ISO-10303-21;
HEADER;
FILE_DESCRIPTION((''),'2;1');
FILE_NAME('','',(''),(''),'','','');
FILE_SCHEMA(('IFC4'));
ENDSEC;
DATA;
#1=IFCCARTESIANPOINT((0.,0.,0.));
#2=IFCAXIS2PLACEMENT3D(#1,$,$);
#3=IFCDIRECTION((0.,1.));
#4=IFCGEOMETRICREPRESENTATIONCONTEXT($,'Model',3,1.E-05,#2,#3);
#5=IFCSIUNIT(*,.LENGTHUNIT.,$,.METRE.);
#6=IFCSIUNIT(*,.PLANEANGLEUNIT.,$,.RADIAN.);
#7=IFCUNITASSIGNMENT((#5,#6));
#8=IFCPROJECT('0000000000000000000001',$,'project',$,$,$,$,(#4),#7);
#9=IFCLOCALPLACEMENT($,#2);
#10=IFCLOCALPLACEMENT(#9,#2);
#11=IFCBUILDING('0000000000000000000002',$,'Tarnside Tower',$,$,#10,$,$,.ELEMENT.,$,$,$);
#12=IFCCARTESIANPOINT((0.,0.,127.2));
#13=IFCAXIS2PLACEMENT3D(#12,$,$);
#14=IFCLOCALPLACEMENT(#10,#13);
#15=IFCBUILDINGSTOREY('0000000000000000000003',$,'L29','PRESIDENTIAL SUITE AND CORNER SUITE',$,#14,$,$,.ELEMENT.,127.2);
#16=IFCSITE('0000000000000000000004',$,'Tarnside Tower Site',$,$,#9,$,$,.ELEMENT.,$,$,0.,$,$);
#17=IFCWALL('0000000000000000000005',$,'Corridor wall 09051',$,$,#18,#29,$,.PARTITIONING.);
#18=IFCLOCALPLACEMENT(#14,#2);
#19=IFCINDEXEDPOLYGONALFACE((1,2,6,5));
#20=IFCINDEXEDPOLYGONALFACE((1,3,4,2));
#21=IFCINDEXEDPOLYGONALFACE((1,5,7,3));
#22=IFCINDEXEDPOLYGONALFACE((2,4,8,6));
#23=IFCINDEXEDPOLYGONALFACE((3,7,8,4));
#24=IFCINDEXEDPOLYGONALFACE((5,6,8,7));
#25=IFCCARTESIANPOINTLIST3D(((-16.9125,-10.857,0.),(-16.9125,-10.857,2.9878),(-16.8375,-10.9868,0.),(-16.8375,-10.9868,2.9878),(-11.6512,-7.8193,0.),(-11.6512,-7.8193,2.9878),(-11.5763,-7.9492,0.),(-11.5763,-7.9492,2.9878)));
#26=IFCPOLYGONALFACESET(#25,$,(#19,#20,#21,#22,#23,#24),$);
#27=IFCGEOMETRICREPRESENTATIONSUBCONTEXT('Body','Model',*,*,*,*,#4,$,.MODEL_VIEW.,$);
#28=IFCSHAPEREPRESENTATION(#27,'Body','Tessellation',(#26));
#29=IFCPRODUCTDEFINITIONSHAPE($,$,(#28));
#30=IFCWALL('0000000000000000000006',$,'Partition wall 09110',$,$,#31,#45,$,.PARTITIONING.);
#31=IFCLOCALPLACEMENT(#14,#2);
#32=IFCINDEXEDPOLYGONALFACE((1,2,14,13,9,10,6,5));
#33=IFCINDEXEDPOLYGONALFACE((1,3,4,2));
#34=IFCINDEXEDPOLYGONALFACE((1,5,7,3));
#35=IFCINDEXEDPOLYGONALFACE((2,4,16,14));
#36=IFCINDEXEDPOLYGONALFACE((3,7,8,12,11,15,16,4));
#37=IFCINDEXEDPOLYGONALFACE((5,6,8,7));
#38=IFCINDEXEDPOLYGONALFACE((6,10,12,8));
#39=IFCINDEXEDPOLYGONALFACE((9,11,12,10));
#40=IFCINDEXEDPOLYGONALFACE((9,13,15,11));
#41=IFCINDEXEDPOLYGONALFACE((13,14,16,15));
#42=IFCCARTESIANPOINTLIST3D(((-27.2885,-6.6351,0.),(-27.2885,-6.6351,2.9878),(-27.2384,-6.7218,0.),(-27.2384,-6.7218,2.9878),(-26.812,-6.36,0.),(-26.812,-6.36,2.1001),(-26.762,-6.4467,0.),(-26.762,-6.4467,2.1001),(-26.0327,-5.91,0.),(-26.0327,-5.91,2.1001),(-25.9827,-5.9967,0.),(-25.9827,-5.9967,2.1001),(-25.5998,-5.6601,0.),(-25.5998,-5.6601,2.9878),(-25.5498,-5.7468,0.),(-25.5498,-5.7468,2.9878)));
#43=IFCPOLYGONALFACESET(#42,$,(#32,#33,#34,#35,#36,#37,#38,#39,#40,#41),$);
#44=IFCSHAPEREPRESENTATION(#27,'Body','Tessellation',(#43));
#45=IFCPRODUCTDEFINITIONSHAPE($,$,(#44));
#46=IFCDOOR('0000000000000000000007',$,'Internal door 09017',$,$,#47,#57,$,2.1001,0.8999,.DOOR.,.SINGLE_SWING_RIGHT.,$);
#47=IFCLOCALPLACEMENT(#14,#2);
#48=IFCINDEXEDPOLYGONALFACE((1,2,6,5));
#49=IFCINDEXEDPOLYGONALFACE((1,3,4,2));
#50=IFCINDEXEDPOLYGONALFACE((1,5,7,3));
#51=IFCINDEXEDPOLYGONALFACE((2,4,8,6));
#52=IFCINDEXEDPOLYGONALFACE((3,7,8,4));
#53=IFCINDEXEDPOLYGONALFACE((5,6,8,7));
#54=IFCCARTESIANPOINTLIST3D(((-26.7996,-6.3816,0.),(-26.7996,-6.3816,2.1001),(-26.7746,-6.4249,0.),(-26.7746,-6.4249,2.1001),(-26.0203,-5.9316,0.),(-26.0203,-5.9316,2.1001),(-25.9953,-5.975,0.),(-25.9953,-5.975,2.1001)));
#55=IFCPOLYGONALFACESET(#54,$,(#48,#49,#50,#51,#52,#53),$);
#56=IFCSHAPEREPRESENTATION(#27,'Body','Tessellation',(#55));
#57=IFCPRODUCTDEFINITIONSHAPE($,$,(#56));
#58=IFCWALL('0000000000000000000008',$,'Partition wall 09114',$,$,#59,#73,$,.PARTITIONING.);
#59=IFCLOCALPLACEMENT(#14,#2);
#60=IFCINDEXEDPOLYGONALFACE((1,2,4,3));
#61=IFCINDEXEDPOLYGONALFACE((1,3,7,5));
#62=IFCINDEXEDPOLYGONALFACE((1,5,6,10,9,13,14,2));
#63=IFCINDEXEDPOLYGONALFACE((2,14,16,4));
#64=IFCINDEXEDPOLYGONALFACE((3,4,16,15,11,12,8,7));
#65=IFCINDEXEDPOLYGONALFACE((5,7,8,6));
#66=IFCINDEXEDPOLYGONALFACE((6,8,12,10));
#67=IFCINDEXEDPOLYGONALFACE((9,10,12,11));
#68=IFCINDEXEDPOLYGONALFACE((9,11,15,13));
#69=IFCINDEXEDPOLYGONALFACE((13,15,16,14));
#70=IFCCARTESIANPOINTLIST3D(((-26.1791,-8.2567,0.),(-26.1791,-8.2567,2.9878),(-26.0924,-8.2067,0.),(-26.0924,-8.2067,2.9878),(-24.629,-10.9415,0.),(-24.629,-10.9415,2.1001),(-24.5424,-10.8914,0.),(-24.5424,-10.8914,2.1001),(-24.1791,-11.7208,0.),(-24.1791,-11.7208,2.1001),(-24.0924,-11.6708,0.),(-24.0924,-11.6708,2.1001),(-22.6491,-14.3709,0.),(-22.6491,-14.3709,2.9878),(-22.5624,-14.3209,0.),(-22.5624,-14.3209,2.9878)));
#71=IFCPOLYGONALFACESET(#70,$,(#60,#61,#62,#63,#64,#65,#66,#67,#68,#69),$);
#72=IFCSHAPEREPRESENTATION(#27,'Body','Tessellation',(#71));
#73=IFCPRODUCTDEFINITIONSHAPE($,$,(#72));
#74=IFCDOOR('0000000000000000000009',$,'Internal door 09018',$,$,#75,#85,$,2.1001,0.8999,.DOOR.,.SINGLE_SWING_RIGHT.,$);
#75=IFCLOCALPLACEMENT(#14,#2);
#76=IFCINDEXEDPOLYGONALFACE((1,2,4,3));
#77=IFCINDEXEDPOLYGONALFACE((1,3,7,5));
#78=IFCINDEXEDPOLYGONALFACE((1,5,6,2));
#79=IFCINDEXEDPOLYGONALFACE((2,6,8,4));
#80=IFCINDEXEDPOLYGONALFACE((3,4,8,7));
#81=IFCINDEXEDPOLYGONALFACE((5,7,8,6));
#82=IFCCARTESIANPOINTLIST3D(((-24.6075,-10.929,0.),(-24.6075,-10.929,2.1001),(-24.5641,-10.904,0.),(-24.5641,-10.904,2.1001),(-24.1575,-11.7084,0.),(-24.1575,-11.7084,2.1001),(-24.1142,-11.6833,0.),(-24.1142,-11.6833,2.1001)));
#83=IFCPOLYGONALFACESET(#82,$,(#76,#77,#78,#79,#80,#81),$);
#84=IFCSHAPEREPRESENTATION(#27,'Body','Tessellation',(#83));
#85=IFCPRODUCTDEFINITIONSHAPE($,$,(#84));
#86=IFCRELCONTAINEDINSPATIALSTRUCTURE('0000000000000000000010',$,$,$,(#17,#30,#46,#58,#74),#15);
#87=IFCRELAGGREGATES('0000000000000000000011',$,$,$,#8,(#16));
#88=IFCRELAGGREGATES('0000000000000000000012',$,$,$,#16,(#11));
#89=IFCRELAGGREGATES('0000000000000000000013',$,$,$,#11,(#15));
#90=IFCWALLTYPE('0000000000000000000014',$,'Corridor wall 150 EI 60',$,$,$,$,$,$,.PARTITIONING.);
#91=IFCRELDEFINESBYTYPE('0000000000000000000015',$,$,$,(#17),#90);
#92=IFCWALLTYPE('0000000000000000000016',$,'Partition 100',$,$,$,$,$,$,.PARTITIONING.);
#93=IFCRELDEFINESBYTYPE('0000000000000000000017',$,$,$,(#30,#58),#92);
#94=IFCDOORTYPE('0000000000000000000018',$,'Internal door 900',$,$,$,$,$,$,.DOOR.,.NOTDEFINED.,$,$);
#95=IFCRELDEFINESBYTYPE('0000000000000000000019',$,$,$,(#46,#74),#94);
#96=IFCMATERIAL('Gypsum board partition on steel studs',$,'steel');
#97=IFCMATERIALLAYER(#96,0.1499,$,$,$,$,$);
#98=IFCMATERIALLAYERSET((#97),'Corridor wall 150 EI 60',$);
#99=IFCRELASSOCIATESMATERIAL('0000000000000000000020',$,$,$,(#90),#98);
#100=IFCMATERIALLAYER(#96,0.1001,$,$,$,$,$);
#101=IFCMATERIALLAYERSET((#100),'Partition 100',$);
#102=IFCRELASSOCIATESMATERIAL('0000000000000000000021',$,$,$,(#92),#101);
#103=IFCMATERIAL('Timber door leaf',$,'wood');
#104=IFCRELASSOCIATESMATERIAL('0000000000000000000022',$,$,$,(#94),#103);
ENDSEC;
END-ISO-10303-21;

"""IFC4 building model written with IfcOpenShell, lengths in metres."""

from ifc_helpers import new_model, si_unit, direction, frame, frame_2d, origin, place, context, subcontext, project, spatial, rectangle, extrude, material, layer, layer_set, type_object, element, fill, save


model = new_model("IFC4")

# Units and contexts
model_context = context("Model", 3, precision=1e-05, world=origin(), true_north=direction((0.0, 1.0)))
body_context = subcontext(model_context, "Body", "Model", "MODEL_VIEW")
ifc_project = project(units=[si_unit("LENGTHUNIT", "METRE"), si_unit("PLANEANGLEUNIT", "RADIAN")], contexts=[model_context])

# Site, building, storey
site_placement = place(None, origin())
site = spatial("IfcSite", under=ifc_project, at=site_placement, Name="Tarnside Tower Site", CompositionType="ELEMENT", RefElevation=0.0)
building_placement = place(site_placement, origin())
building = spatial("IfcBuilding", under=site, at=building_placement, Name="Tarnside Tower", CompositionType="ELEMENT")
storey_placement = place(building_placement, frame((0.0, 0.0, 127.2)))
storey = spatial("IfcBuildingStorey", under=building, at=storey_placement, Name="L29", Description="PRESIDENTIAL SUITE AND CORNER SUITE", CompositionType="ELEMENT", Elevation=127.2)

# Shared definitions
ifc_material_1 = material(Name="Gypsum board partition on steel studs", Category="steel")

# Shared definitions
ifc_material_2 = material(Name="Timber door leaf", Category="wood")

# Shared definitions
ifc_layer_1 = layer(ifc_material_1, 0.1499)
ifc_layer_set_1 = layer_set([ifc_layer_1], Name="Corridor wall 150 EI 60")
wall_type_1 = type_object("IfcWallType", Name="Corridor wall 150 EI 60", PredefinedType="PARTITIONING", material=ifc_layer_set_1)

# Wall
wall_1_placement = place(storey_placement, frame((-16.875, -10.9219, 0.0), z_axis=(0.0, 0.0, 1.0), x_axis=(0.866024, 0.500003, 0.0)))
element("IfcWall", 1, at=wall_1_placement, inside=storey, type_object=wall_type_1, Name="Corridor wall 09051", PredefinedType="PARTITIONING", context=body_context, shape_type="SweptSolid", body=[
    extrude(rectangle(XDim=6.0752, YDim=0.1499, at=frame_2d((3.0376, 0.0))), origin(), (0.0, 0.0, 1.0), 2.9878),
])

# Walls, openings, doors
ifc_layer_2 = layer(ifc_material_1, 0.1001)
ifc_layer_set_2 = layer_set([ifc_layer_2], Name="Partition 100")
wall_type_2 = type_object("IfcWallType", Name="Partition 100", PredefinedType="PARTITIONING", material=ifc_layer_set_2)
wall_2_placement = place(storey_placement, frame((-25.5747, -5.7034, 0.0), z_axis=(0.0, 0.0, 1.0), x_axis=(-0.866, -0.500044, 0.0)))
wall_2 = element("IfcWall", 2, at=wall_2_placement, inside=storey, type_object=wall_type_2, Name="Partition wall 09110", PredefinedType="PARTITIONING", context=body_context, shape_type="SweptSolid", body=[
    extrude(rectangle(XDim=1.95, YDim=0.1001, at=frame_2d((0.9751, 0.0))), origin(), (0.0, 0.0, 1.0), 2.9878),
])
opening_1_placement = place(wall_2_placement, frame((0.5, 0.0, 0.0)))
opening_1 = element("IfcOpeningElement", 3, at=opening_1_placement, cuts=wall_2, PredefinedType="OPENING", context=body_context, shape_type="SweptSolid", body=[
    extrude(rectangle(XDim=0.8999, YDim=2.1001, at=frame_2d((0.45, 1.05))), frame((0.0, 0.0601, 0.0), z_axis=(0.0, -1.0, 0.0), x_axis=(1.0, 0.0, 0.0)), (0.0, 0.0, 1.0), 0.1201),
])
door_type_1 = type_object("IfcDoorType", Name="Internal door 900", OperationType="NOTDEFINED", PredefinedType="DOOR", material=ifc_material_2)
door_1_placement = place(opening_1_placement, origin())
door_1 = element("IfcDoor", 4, at=door_1_placement, inside=storey, type_object=door_type_1, Name="Internal door 09017", OperationType="SINGLE_SWING_RIGHT", OverallHeight=2.1001, OverallWidth=0.8999, PredefinedType="DOOR", context=body_context, shape_type="SweptSolid", body=[
    extrude(rectangle(XDim=0.8999, YDim=2.1001, at=frame_2d((0.45, 1.05))), frame((0.0, 0.0249, 0.0), z_axis=(0.0, -1.0, 0.0), x_axis=(1.0, 0.0, 0.0)), (0.0, 0.0, 1.0), 0.05),
])
fill(opening_1, door_1)
wall_3_placement = place(storey_placement, frame((-26.1357, -8.2317, 0.0), z_axis=(0.0, 0.0, 1.0), x_axis=(0.499996, -0.866028, 0.0)))
wall_3 = element("IfcWall", 5, at=wall_3_placement, inside=storey, type_object=wall_type_2, Name="Partition wall 09114", PredefinedType="PARTITIONING", context=body_context, shape_type="SweptSolid", body=[
    extrude(rectangle(XDim=7.0601, YDim=0.1001, at=frame_2d((3.53, 0.0))), origin(), (0.0, 0.0, 1.0), 2.9878),
])
opening_2_placement = place(wall_3_placement, frame((3.1001, 0.0, 0.0)))
opening_2 = element("IfcOpeningElement", 6, at=opening_2_placement, cuts=wall_3, PredefinedType="OPENING", context=body_context, shape_type="SweptSolid", body=[
    extrude(rectangle(XDim=0.8999, YDim=2.1001, at=frame_2d((0.45, 1.05))), frame((0.0, 0.0601, 0.0), z_axis=(0.0, -1.0, 0.0), x_axis=(1.0, 0.0, 0.0)), (0.0, 0.0, 1.0), 0.1201),
])
door_2_placement = place(opening_2_placement, origin())
door_2 = element("IfcDoor", 7, at=door_2_placement, inside=storey, type_object=door_type_1, Name="Internal door 09018", OperationType="SINGLE_SWING_RIGHT", OverallHeight=2.1001, OverallWidth=0.8999, PredefinedType="DOOR", context=body_context, shape_type="SweptSolid", body=[
    extrude(rectangle(XDim=0.8999, YDim=2.1001, at=frame_2d((0.45, 1.05))), frame((0.0, 0.0249, 0.0), z_axis=(0.0, -1.0, 0.0), x_axis=(1.0, 0.0, 0.0)), (0.0, 0.0, 1.0), 0.05),
])
fill(opening_2, door_2)

save(model, "model.ifc")
